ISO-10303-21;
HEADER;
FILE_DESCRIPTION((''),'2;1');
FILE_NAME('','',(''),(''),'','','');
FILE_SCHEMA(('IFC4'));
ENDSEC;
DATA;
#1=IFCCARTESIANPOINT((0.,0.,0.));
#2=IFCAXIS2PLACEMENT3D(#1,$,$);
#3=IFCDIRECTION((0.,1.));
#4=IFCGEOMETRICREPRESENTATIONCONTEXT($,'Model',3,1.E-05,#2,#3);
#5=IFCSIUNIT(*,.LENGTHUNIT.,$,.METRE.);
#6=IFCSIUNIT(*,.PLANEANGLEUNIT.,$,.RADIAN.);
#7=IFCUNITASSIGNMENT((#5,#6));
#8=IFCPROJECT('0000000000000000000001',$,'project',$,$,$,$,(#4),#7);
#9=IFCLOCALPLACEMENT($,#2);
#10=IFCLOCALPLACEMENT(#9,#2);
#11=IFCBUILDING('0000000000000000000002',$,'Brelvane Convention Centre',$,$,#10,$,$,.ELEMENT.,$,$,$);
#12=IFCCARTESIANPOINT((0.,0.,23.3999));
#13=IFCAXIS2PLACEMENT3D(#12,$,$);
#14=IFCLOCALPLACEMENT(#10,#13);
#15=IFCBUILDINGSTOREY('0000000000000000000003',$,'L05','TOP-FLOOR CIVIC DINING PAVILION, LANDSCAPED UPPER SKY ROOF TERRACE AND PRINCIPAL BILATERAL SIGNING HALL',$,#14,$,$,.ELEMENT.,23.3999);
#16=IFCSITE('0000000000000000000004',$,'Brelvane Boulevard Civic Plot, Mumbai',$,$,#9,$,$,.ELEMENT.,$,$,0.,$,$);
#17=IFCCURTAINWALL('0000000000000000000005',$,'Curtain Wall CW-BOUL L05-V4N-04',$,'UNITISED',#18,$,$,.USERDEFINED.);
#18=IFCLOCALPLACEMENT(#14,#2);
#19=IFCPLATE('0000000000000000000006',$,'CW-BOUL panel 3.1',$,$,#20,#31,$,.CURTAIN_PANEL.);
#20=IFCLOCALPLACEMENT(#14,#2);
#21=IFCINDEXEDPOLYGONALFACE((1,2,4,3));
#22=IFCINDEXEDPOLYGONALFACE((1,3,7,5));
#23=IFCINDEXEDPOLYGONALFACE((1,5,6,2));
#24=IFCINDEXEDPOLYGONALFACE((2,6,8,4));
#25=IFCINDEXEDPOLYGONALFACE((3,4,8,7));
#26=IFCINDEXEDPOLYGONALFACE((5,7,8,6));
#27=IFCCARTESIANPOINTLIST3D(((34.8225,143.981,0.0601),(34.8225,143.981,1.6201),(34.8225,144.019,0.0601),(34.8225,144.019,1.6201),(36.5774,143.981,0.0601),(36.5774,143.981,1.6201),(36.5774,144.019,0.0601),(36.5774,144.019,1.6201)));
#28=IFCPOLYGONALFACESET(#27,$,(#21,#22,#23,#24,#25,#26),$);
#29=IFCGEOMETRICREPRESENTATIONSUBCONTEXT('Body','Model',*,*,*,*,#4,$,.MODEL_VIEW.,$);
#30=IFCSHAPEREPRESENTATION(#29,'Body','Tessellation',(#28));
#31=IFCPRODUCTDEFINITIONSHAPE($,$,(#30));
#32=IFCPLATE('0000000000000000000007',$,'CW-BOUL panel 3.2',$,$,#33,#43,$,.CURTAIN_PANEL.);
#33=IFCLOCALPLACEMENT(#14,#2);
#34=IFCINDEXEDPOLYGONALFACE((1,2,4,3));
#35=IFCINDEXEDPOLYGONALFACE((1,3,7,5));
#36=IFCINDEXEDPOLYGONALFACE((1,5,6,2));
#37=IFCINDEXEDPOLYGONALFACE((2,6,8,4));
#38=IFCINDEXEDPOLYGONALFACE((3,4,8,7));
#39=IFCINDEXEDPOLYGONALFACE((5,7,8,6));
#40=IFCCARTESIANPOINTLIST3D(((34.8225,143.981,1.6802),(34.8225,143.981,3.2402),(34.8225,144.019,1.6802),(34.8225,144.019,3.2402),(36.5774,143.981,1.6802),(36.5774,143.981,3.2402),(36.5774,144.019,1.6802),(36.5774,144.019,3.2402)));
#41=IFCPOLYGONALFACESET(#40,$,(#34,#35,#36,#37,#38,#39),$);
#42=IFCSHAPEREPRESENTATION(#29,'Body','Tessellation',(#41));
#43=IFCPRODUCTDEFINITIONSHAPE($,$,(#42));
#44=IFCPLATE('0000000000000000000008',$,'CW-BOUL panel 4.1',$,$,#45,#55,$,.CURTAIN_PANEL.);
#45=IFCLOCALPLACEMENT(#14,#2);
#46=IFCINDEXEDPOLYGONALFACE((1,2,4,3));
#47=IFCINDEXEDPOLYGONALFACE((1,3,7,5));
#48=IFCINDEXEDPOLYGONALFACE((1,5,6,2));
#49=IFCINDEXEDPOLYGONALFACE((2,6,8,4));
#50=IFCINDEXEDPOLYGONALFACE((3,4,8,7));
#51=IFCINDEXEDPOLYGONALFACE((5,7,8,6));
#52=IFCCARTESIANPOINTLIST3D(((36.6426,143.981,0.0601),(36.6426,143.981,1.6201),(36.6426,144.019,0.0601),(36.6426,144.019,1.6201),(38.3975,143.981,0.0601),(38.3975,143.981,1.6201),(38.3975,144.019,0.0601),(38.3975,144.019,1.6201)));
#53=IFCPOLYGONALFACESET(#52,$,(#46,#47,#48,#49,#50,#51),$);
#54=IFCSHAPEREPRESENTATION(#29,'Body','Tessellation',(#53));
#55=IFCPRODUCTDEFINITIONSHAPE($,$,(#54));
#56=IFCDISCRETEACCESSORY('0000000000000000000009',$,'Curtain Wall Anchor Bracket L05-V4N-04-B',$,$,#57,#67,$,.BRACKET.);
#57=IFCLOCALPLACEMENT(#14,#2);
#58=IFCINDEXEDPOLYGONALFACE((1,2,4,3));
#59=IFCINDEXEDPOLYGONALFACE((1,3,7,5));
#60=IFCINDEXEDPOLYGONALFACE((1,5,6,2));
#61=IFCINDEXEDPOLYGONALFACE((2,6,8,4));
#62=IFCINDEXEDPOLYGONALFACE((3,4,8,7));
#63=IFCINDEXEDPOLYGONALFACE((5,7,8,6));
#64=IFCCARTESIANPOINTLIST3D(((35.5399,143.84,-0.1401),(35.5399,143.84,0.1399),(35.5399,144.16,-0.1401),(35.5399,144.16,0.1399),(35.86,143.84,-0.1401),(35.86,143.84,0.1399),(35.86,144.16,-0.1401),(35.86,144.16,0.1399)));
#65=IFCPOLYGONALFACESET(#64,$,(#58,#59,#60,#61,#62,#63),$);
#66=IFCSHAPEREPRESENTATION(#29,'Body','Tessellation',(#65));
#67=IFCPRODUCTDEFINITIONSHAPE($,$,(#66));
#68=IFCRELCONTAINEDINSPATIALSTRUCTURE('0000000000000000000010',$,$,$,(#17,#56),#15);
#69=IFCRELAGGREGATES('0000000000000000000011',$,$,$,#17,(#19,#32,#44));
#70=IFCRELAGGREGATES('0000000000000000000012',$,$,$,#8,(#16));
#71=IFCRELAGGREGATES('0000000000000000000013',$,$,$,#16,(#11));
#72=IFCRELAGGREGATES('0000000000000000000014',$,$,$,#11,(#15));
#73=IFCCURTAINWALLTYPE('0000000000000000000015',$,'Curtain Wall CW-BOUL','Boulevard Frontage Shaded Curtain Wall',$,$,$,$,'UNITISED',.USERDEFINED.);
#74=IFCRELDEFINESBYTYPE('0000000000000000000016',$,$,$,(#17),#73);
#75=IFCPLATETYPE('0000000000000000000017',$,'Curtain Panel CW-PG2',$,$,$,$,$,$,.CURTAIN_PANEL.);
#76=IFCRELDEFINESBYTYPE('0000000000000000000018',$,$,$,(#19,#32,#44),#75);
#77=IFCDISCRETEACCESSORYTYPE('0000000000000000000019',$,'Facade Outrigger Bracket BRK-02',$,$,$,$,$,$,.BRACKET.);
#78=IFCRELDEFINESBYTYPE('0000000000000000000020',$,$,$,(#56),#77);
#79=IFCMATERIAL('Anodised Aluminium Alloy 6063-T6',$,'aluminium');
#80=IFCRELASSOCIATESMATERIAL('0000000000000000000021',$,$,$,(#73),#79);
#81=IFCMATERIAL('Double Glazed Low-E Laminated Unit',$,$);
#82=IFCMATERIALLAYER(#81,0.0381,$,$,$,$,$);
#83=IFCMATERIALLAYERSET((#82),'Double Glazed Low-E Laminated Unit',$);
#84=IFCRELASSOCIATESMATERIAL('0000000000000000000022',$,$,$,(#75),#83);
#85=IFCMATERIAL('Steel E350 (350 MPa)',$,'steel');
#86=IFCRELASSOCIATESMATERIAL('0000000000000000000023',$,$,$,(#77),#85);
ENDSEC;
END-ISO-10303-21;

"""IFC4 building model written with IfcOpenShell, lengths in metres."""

from ifc_helpers import new_model, si_unit, direction, frame, origin, origin_2d, place, context, subcontext, project, spatial, rectangle, extrude, material, layer, layer_set, type_object, element, aggregate, save


model = new_model("IFC4")

# Units and contexts
model_context = context("Model", 3, precision=1e-05, world=origin(), true_north=direction((0.0, 1.0)))
body_context = subcontext(model_context, "Body", "Model", "MODEL_VIEW")
ifc_project = project(units=[si_unit("LENGTHUNIT", "METRE"), si_unit("PLANEANGLEUNIT", "RADIAN")], contexts=[model_context])

# Site, building, storey
site_placement = place(None, origin())
site = spatial("IfcSite", under=ifc_project, at=site_placement, Name="Brelvane Boulevard Civic Plot, Mumbai", CompositionType="ELEMENT", RefElevation=0.0)
building_placement = place(site_placement, origin())
building = spatial("IfcBuilding", under=site, at=building_placement, Name="Brelvane Convention Centre", CompositionType="ELEMENT")
storey_placement = place(building_placement, frame((0.0, 0.0, 23.3999)))
storey = spatial("IfcBuildingStorey", under=building, at=storey_placement, Name="L05", Description="TOP-FLOOR CIVIC DINING PAVILION, LANDSCAPED UPPER SKY ROOF TERRACE AND PRINCIPAL BILATERAL SIGNING HALL", CompositionType="ELEMENT", Elevation=23.3999)

# Curtain wall, plates
ifc_material_1 = material(Name="Anodised Aluminium Alloy 6063-T6", Category="aluminium")
curtain_wall_type = type_object("IfcCurtainWallType", Name="Curtain Wall CW-BOUL", Description="Boulevard Frontage Shaded Curtain Wall", ElementType="UNITISED", PredefinedType="USERDEFINED", material=ifc_material_1)
curtain_wall_placement = place(storey_placement, origin())
curtain_wall = element("IfcCurtainWall", 1, at=curtain_wall_placement, inside=storey, type_object=curtain_wall_type, Name="Curtain Wall CW-BOUL L05-V4N-04", ObjectType="UNITISED", PredefinedType="USERDEFINED")
ifc_material_2 = material(Name="Double Glazed Low-E Laminated Unit")
ifc_layer = layer(ifc_material_2, 0.0381)
ifc_layer_set = layer_set([ifc_layer], Name="Double Glazed Low-E Laminated Unit")
plate_type = type_object("IfcPlateType", Name="Curtain Panel CW-PG2", PredefinedType="CURTAIN_PANEL", material=ifc_layer_set)
plate_1_placement = place(storey_placement, frame((35.7, 144.0, 0.0601), z_axis=(0.0, 0.0, 1.0), x_axis=(1.0, 0.0, 0.0)))
plate_1 = element("IfcPlate", 2, at=plate_1_placement, type_object=plate_type, Name="CW-BOUL panel 3.1", PredefinedType="CURTAIN_PANEL", context=body_context, shape_type="SweptSolid", body=[
    extrude(rectangle(XDim=1.7549, YDim=0.0381, at=origin_2d()), origin(), (0.0, 0.0, 1.0), 1.5601),
])
plate_2_placement = place(storey_placement, frame((35.7, 144.0, 1.6802), z_axis=(0.0, 0.0, 1.0), x_axis=(1.0, 0.0, 0.0)))
plate_2 = element("IfcPlate", 3, at=plate_2_placement, type_object=plate_type, Name="CW-BOUL panel 3.2", PredefinedType="CURTAIN_PANEL", context=body_context, shape_type="SweptSolid", body=[
    extrude(rectangle(XDim=1.7549, YDim=0.0381, at=origin_2d()), origin(), (0.0, 0.0, 1.0), 1.5601),
])
plate_3_placement = place(storey_placement, frame((37.52, 144.0, 0.0601), z_axis=(0.0, 0.0, 1.0), x_axis=(1.0, 0.0, 0.0)))
plate_3 = element("IfcPlate", 4, at=plate_3_placement, type_object=plate_type, Name="CW-BOUL panel 4.1", PredefinedType="CURTAIN_PANEL", context=body_context, shape_type="SweptSolid", body=[
    extrude(rectangle(XDim=1.7549, YDim=0.0381, at=origin_2d()), origin(), (0.0, 0.0, 1.0), 1.5601),
])
aggregate(curtain_wall, [plate_1, plate_2, plate_3])

# Discrete accessory
ifc_material_3 = material(Name="Steel E350 (350 MPa)", Category="steel")
discrete_accessory_type = type_object("IfcDiscreteAccessoryType", Name="Facade Outrigger Bracket BRK-02", PredefinedType="BRACKET", material=ifc_material_3)
discrete_accessory_placement = place(storey_placement, frame((35.7, 144.0, -0.1401), z_axis=(0.0, 0.0, 1.0), x_axis=(1.0, 0.0, 0.0)))
element("IfcDiscreteAccessory", 5, at=discrete_accessory_placement, inside=storey, type_object=discrete_accessory_type, Name="Curtain Wall Anchor Bracket L05-V4N-04-B", PredefinedType="BRACKET", context=body_context, shape_type="SweptSolid", body=[
    extrude(rectangle(XDim=0.3201, YDim=0.3201, at=origin_2d()), origin(), (0.0, 0.0, 1.0), 0.28),
])

save(model, "model.ifc")
